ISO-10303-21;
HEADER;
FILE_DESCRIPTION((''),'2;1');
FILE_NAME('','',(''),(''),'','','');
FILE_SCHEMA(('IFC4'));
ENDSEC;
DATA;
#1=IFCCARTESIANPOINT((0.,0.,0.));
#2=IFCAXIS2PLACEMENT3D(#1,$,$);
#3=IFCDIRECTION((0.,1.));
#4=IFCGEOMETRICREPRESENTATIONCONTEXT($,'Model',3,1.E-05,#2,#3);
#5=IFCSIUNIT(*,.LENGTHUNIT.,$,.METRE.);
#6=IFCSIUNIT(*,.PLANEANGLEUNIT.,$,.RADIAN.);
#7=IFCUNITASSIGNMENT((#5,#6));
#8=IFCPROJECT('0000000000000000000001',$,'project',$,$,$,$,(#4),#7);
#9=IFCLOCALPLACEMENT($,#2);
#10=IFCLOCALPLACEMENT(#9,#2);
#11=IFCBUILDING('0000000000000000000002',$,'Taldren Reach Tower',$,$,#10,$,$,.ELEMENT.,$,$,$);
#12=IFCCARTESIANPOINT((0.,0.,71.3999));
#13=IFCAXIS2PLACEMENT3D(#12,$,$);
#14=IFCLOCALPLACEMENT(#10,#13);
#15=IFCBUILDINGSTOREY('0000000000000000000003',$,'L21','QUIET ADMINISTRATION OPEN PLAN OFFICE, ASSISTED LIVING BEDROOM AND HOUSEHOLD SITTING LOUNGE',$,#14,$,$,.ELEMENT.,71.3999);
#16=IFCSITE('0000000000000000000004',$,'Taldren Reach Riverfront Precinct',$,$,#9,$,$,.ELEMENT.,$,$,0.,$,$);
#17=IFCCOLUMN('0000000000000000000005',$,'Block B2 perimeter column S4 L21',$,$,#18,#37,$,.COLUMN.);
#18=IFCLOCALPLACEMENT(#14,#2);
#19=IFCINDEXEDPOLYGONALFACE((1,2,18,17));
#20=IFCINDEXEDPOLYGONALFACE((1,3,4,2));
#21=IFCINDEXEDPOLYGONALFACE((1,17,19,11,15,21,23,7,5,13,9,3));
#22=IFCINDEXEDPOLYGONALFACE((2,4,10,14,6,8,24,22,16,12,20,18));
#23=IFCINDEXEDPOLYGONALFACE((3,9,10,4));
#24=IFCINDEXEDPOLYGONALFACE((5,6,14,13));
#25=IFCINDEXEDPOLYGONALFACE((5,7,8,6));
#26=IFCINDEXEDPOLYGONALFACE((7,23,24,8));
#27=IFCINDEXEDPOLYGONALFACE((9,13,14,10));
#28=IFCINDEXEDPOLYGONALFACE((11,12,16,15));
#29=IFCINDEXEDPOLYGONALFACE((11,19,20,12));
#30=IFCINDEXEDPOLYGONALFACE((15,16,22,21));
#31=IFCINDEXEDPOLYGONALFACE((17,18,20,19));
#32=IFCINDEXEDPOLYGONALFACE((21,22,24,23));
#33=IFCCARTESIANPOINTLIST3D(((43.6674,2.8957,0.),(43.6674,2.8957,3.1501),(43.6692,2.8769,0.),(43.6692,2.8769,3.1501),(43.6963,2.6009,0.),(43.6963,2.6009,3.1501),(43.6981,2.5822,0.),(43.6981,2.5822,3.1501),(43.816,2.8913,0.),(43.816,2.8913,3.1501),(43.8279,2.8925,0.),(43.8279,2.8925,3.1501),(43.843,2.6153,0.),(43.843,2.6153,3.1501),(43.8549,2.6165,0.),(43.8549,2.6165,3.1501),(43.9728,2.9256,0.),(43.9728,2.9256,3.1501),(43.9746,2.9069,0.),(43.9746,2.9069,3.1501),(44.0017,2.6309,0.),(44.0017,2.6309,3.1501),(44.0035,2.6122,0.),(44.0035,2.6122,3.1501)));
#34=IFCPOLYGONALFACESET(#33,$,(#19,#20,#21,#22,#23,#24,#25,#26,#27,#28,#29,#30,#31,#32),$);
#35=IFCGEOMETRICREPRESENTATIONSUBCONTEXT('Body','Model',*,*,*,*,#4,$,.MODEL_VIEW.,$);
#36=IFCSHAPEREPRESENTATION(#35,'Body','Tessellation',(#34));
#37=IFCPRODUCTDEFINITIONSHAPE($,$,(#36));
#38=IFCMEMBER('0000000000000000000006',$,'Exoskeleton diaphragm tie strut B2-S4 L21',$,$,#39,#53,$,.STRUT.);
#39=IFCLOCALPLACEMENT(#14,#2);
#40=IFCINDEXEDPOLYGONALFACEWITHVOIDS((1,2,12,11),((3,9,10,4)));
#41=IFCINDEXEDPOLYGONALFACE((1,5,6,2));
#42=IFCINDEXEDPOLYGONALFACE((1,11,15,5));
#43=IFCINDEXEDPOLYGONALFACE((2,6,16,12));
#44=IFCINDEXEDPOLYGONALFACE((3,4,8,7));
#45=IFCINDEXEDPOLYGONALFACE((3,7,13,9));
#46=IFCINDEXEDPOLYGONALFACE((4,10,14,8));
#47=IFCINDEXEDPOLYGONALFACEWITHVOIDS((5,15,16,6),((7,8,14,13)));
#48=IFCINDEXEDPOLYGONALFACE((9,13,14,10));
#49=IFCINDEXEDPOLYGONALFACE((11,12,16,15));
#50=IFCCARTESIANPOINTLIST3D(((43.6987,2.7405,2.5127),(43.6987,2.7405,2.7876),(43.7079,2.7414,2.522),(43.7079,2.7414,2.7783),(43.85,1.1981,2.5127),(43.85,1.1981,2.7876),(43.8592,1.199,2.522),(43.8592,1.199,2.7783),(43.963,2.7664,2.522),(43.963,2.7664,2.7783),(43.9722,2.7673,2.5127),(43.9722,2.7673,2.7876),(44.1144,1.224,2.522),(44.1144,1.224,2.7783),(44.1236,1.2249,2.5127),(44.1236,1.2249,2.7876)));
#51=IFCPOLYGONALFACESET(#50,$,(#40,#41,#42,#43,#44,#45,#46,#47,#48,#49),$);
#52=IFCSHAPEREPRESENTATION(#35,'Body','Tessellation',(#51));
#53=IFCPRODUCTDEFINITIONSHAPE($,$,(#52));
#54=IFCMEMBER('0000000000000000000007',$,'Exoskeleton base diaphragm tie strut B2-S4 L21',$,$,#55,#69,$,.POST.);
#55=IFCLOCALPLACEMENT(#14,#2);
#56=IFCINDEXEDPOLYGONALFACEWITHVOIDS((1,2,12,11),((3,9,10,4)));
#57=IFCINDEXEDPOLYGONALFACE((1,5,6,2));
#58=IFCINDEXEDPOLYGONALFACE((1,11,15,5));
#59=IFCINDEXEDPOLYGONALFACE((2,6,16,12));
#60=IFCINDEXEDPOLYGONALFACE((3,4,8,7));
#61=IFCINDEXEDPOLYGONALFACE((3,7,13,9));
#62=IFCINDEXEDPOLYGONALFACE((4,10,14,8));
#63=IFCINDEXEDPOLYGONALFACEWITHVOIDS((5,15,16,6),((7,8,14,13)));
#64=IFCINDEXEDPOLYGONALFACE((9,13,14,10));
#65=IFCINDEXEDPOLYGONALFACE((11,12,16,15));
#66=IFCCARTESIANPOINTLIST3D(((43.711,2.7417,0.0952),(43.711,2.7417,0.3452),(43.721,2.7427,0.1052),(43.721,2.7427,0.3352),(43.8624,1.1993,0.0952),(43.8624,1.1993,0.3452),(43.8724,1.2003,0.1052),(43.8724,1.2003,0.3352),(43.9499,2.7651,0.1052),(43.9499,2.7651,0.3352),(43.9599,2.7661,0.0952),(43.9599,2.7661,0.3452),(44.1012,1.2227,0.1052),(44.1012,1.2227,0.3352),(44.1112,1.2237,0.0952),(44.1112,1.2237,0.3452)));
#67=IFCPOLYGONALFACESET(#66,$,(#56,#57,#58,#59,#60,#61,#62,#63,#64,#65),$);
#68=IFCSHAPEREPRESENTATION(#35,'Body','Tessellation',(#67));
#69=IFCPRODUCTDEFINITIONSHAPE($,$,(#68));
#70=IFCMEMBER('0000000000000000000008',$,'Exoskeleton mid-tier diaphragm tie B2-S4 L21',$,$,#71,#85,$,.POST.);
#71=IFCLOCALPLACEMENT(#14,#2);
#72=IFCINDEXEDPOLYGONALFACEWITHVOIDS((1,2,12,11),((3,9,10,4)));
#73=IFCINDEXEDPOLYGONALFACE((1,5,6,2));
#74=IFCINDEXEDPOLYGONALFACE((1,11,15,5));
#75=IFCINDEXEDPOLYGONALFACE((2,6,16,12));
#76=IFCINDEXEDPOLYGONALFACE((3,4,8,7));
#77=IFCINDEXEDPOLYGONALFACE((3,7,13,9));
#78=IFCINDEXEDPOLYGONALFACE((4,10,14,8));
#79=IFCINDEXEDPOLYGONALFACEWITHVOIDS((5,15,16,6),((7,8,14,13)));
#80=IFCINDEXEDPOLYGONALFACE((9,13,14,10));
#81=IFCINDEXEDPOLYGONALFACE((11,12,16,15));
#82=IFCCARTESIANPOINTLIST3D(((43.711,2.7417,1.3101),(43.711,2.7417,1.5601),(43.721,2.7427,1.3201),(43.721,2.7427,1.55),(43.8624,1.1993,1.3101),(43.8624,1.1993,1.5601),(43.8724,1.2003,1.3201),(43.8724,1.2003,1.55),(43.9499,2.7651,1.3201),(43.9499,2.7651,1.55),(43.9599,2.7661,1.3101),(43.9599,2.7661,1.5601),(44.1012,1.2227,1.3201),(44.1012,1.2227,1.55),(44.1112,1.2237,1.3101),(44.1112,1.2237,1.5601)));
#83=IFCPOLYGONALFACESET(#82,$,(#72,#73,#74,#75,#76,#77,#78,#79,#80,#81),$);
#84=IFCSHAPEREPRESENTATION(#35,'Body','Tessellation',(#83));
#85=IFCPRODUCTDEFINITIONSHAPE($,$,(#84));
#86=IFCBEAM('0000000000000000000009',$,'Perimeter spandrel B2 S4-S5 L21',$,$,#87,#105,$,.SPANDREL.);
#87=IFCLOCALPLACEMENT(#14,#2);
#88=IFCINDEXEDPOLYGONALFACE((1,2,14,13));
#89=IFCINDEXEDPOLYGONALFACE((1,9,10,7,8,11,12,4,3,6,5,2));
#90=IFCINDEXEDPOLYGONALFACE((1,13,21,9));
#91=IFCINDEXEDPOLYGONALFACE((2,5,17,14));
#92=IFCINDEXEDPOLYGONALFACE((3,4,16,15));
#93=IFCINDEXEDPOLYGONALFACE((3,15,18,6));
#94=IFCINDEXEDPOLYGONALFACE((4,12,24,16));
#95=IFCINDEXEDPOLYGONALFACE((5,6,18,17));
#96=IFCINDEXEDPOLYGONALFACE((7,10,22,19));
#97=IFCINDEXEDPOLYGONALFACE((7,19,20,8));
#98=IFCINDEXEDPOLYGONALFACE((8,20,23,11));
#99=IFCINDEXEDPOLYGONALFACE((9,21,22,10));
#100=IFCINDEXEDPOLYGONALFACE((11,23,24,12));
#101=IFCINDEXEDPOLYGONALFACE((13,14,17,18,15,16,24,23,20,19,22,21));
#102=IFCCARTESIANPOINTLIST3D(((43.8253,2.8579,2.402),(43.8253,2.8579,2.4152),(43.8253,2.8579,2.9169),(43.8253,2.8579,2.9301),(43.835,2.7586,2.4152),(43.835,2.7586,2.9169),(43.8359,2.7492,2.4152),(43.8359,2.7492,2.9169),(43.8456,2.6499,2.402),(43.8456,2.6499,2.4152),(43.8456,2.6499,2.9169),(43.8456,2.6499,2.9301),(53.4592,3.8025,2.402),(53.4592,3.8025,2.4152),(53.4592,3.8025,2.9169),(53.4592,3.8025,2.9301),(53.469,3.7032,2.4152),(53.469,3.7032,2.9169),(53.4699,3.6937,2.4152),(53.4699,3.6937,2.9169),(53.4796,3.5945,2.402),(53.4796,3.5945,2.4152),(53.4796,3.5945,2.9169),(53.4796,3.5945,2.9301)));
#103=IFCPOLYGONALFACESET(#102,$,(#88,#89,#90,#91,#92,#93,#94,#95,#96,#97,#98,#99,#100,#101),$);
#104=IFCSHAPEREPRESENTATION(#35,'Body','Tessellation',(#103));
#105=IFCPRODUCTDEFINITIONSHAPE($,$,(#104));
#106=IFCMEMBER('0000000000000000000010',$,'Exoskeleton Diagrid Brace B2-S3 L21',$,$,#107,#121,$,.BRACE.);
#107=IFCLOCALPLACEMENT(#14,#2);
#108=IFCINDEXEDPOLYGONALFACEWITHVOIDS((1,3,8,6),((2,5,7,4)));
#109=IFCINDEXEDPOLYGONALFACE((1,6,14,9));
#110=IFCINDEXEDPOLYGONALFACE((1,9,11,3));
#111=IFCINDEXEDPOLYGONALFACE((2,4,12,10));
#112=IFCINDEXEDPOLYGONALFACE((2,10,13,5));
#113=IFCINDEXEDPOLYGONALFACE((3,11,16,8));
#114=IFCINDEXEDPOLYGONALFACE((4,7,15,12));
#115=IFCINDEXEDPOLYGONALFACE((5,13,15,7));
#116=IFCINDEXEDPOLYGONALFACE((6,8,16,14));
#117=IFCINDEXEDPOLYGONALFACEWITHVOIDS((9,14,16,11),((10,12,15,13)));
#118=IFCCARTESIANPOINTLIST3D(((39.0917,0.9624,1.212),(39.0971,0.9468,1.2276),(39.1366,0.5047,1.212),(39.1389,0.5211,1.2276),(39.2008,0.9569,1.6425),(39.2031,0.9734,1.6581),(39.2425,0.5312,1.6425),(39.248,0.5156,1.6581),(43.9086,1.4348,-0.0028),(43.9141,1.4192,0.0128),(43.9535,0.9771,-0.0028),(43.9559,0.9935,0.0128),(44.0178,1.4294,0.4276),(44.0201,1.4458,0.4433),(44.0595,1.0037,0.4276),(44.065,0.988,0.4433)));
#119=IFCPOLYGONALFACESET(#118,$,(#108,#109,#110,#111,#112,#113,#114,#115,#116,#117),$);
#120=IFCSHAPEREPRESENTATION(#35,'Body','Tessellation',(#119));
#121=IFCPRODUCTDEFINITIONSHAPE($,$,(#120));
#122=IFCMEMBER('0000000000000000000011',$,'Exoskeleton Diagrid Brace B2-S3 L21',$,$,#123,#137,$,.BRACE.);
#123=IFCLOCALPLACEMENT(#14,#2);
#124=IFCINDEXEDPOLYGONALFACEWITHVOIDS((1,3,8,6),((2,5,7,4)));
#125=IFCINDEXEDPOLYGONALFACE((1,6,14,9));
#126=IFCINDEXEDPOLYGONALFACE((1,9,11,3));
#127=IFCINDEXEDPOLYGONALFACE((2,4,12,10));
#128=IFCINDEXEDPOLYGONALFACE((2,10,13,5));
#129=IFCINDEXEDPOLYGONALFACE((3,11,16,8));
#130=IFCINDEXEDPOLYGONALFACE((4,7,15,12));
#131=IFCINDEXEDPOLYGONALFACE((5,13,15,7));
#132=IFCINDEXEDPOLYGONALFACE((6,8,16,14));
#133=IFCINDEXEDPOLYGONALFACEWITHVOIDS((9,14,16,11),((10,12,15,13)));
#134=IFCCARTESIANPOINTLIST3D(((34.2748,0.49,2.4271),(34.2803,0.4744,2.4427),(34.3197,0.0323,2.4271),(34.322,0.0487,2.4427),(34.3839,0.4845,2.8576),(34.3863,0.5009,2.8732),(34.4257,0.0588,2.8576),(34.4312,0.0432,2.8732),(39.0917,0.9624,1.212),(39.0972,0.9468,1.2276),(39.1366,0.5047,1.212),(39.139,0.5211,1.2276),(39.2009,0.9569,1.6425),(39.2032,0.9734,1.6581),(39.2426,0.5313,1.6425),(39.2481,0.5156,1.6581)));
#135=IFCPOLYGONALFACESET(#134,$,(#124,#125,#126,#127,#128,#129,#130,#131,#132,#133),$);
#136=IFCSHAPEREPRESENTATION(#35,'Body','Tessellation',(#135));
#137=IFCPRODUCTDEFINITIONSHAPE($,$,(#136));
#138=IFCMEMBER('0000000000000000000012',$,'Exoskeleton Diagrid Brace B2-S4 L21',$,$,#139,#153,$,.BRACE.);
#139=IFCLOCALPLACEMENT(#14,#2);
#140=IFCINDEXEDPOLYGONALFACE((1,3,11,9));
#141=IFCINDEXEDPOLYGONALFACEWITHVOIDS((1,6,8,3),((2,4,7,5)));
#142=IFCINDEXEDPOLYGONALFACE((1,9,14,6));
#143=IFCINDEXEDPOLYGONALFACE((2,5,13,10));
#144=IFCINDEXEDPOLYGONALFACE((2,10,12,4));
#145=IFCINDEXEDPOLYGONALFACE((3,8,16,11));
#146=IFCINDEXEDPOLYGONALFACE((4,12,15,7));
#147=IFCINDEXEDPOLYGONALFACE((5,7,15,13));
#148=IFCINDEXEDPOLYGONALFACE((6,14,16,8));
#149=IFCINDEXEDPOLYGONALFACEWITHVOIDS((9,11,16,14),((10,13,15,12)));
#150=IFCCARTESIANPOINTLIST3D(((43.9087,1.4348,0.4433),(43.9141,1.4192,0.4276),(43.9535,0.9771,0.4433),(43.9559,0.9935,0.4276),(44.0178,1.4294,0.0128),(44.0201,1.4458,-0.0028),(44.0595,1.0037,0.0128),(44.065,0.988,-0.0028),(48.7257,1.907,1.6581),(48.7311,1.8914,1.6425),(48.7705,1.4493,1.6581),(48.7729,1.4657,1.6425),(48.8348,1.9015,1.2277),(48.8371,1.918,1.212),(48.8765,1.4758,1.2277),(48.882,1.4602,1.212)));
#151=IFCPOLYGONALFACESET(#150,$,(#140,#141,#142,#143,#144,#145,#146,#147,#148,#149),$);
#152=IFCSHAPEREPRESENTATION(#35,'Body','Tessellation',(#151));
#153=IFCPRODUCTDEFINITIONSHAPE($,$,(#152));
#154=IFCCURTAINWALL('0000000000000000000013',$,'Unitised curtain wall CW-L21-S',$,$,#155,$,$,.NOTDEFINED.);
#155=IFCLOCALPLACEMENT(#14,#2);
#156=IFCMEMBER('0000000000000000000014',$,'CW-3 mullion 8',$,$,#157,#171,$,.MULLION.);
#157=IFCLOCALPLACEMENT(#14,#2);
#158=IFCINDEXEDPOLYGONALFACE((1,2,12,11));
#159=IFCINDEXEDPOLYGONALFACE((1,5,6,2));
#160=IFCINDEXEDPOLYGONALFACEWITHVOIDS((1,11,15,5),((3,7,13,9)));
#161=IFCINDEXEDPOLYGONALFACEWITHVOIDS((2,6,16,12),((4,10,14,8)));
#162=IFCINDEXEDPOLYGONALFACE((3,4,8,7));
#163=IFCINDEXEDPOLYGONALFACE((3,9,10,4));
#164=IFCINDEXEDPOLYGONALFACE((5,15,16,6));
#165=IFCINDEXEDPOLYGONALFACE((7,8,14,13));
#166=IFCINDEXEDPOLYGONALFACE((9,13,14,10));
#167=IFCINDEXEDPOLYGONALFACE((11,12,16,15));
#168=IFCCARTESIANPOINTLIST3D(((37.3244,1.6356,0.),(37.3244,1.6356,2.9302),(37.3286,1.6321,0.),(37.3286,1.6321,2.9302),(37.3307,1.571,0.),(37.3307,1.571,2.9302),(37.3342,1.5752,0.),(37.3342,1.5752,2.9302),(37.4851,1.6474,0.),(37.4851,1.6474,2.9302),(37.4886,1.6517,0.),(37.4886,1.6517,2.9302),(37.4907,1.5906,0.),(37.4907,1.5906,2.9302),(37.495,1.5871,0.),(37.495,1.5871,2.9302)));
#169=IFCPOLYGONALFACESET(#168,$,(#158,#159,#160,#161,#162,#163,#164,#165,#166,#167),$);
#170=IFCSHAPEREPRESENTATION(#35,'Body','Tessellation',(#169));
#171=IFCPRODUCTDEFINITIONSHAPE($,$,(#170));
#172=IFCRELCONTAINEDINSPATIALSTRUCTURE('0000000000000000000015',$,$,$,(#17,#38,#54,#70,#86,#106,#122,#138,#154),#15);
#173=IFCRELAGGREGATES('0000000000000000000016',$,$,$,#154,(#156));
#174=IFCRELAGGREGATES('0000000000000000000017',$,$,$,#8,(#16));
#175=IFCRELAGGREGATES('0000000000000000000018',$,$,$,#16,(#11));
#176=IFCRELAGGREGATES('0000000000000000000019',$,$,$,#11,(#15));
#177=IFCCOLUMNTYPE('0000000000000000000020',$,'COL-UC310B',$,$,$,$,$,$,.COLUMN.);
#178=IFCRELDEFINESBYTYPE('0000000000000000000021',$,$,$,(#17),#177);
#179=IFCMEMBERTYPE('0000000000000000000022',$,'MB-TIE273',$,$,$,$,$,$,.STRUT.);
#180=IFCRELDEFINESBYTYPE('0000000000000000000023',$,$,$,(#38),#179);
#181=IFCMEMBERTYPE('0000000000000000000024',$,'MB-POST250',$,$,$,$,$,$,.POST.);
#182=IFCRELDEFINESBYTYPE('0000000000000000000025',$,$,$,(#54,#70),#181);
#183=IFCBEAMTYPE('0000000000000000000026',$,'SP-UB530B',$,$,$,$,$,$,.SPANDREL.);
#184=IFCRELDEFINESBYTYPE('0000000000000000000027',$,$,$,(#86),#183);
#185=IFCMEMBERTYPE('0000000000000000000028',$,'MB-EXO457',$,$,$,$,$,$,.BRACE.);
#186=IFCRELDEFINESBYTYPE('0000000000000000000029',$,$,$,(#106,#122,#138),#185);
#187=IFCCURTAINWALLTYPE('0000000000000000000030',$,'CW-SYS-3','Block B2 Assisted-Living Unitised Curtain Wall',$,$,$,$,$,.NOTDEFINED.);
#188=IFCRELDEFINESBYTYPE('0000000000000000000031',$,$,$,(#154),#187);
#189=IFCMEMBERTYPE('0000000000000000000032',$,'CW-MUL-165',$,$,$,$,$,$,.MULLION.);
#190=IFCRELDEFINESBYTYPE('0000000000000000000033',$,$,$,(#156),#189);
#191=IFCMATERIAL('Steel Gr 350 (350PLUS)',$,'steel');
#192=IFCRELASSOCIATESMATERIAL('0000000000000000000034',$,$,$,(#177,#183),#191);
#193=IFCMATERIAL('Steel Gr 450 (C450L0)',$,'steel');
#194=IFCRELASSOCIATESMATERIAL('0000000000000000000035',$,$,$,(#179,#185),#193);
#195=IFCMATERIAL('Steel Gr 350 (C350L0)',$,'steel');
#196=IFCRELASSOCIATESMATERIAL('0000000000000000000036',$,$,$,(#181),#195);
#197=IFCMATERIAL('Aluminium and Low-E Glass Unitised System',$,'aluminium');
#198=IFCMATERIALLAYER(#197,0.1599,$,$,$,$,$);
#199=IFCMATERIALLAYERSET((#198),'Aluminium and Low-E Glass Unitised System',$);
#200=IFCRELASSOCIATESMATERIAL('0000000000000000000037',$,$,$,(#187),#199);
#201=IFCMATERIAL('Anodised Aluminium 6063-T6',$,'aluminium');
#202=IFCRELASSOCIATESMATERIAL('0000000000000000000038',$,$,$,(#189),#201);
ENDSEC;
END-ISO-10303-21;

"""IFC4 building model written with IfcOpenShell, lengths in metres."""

from ifc_helpers import new_model, si_unit, direction, frame, origin, origin_2d, place, context, subcontext, project, spatial, hollow_rectangle, i_section, extrude, source, transform, mapped, material, layer, layer_set, material_profile, profile_set, type_object, element, aggregate, save


model = new_model("IFC4")

# Units and contexts
model_context = context("Model", 3, precision=1e-05, world=origin(), true_north=direction((0.0, 1.0)))
body_context = subcontext(model_context, "Body", "Model", "MODEL_VIEW")
ifc_project = project(units=[si_unit("LENGTHUNIT", "METRE"), si_unit("PLANEANGLEUNIT", "RADIAN")], contexts=[model_context])

# Site, building, storey
site_placement = place(None, origin())
site = spatial("IfcSite", under=ifc_project, at=site_placement, Name="Taldren Reach Riverfront Precinct", CompositionType="ELEMENT", RefElevation=0.0)
building_placement = place(site_placement, origin())
building = spatial("IfcBuilding", under=site, at=building_placement, Name="Taldren Reach Tower", CompositionType="ELEMENT")
storey_placement = place(building_placement, frame((0.0, 0.0, 71.3999)))
storey = spatial("IfcBuildingStorey", under=building, at=storey_placement, Name="L21", Description="QUIET ADMINISTRATION OPEN PLAN OFFICE, ASSISTED LIVING BEDROOM AND HOUSEHOLD SITTING LOUNGE", CompositionType="ELEMENT", Elevation=71.3999)

# Column
ifc_material_1 = material(Name="Steel Gr 350 (350PLUS)", Category="steel")
ifc_material_profile_1 = material_profile(ifc_material_1, i_section(OverallWidth=0.3069, OverallDepth=0.3149, WebThickness=0.012, FlangeThickness=0.0188, at=origin_2d()), Name="310UC118")
ifc_profile_set_1 = profile_set([ifc_material_profile_1], Name="Steel Gr 350 (350PLUS)")
column_type = type_object("IfcColumnType", Name="COL-UC310B", PredefinedType="COLUMN", material=ifc_profile_set_1)
shared_shape_1 = source(origin(), body_context, "Body", "SweptSolid", [
    extrude(i_section(OverallWidth=0.3069, OverallDepth=0.3149, WebThickness=0.012, FlangeThickness=0.0188, at=origin_2d()), origin(), (0.0, 0.0, 1.0), 3.1501),
])
column_placement = place(storey_placement, frame((43.8354, 2.7539, 0.0), z_axis=(0.0, 0.0, 1.0), x_axis=(0.995227, 0.097583, 0.0)))
element("IfcColumn", 1, at=column_placement, inside=storey, type_object=column_type, Name="Block B2 perimeter column S4 L21", PredefinedType="COLUMN", context=body_context, shape_type="MappedRepresentation", body=[
    mapped(shared_shape_1, transform((0.0, 0.0, 0.0), scale=1.0)),
])

# Members
ifc_material_2 = material(Name="Steel Gr 450 (C450L0)", Category="steel")
ifc_material_profile_2 = material_profile(ifc_material_2, hollow_rectangle(XDim=0.2749, YDim=0.2749, WallThickness=0.0093, at=origin_2d()), Name="275x275x9.3SHS")
ifc_profile_set_2 = profile_set([ifc_material_profile_2], Name="Steel Gr 450 (C450L0)")
member_type_1 = type_object("IfcMemberType", Name="MB-TIE273", PredefinedType="STRUT", material=ifc_profile_set_2)
shared_shape_2 = source(origin(), body_context, "Body", "SweptSolid", [
    extrude(hollow_rectangle(XDim=0.2749, YDim=0.2749, WallThickness=0.0093, at=origin_2d()), origin(), (0.0, 0.0, 1.0), 1.5498),
])
member_1_placement = place(storey_placement, frame((43.8354, 2.7539, 2.6501), z_axis=(0.097663, -0.99522, 0.0), x_axis=(0.99522, 0.097663, 0.0)))
element("IfcMember", 2, at=member_1_placement, inside=storey, type_object=member_type_1, Name="Exoskeleton diaphragm tie strut B2-S4 L21", PredefinedType="STRUT", context=body_context, shape_type="MappedRepresentation", body=[
    mapped(shared_shape_2, transform((0.0, 0.0, 0.0), scale=1.0)),
])
ifc_material_3 = material(Name="Steel Gr 350 (C350L0)", Category="steel")
ifc_material_profile_3 = material_profile(ifc_material_3, hollow_rectangle(XDim=0.25, YDim=0.25, WallThickness=0.01, at=origin_2d()), Name="250x250x10.0SHS")
ifc_profile_set_3 = profile_set([ifc_material_profile_3], Name="Steel Gr 350 (C350L0)")
member_type_2 = type_object("IfcMemberType", Name="MB-POST250", PredefinedType="POST", material=ifc_profile_set_3)
shared_shape_3 = source(origin(), body_context, "Body", "SweptSolid", [
    extrude(hollow_rectangle(XDim=0.25, YDim=0.25, WallThickness=0.01, at=origin_2d()), origin(), (0.0, 0.0, 1.0), 1.5498),
])
for number, where, z_axis, x_axis, name in (
    (3, (43.8354, 2.7539, 0.2202), (0.097663, -0.99522, 0.0), (0.99522, 0.097663, 0.0), "Exoskeleton base diaphragm tie strut B2-S4 L21"),
    (4, (43.8354, 2.7539, 1.4351), (0.097663, -0.99522, 0.0), (0.99522, 0.097663, 0.0), "Exoskeleton mid-tier diaphragm tie B2-S4 L21"),
):
    element("IfcMember", number, at=place(storey_placement, frame(where, z_axis=z_axis, x_axis=x_axis)), inside=storey, type_object=member_type_2, Name=name, PredefinedType="POST", context=body_context, shape_type="MappedRepresentation", body=[
        mapped(shared_shape_3, transform((0.0, 0.0, 0.0), scale=1.0)),
    ])

# Beam
ifc_material_profile_4 = material_profile(ifc_material_1, i_section(OverallWidth=0.209, OverallDepth=0.5281, WebThickness=0.0095, FlangeThickness=0.0132, at=origin_2d()), Name="530UB82.0")
ifc_profile_set_4 = profile_set([ifc_material_profile_4], Name="Steel Gr 350 (350PLUS)")
beam_type = type_object("IfcBeamType", Name="SP-UB530B", PredefinedType="SPANDREL", material=ifc_profile_set_4)
shared_shape_4 = source(origin(), body_context, "Body", "SweptSolid", [
    extrude(i_section(OverallWidth=0.209, OverallDepth=0.5281, WebThickness=0.0095, FlangeThickness=0.0132, at=origin_2d()), origin(), (0.0, 0.0, 1.0), 9.6802),
])
beam_placement = place(storey_placement, frame((43.8354, 2.7539, 2.666), z_axis=(0.995228, 0.097578, 0.0), x_axis=(-0.097578, 0.995228, 0.0)))
element("IfcBeam", 5, at=beam_placement, inside=storey, type_object=beam_type, Name="Perimeter spandrel B2 S4-S5 L21", PredefinedType="SPANDREL", context=body_context, shape_type="MappedRepresentation", body=[
    mapped(shared_shape_4, transform((0.0, 0.0, 0.0), scale=1.0)),
])

# Members
ifc_material_profile_5 = material_profile(ifc_material_2, hollow_rectangle(XDim=0.46, YDim=0.46, WallThickness=0.0161, at=origin_2d()), Name="460x460x16.0SHS")
ifc_profile_set_5 = profile_set([ifc_material_profile_5], Name="Steel Gr 450 (C450L0)")
member_type_3 = type_object("IfcMemberType", Name="MB-EXO457", PredefinedType="BRACE", material=ifc_profile_set_5)
shared_shape_5 = source(origin(), body_context, "Body", "SweptSolid", [
    extrude(hollow_rectangle(XDim=0.46, YDim=0.46, WallThickness=0.0161, at=origin_2d()), origin(), (0.0, 0.0, 1.0), 4.9902),
])
for number, where, z_axis, x_axis, name in (
    (6, (43.9868, 1.2114, 0.2202), (-0.965283, -0.094669, 0.243449), (0.097606, -0.995225, 0.0), "Exoskeleton Diagrid Brace B2-S3 L21"),
    (7, (39.1699, 0.739, 1.4351), (-0.965271, -0.094668, 0.243495), (0.097606, -0.995225, 0.0), "Exoskeleton Diagrid Brace B2-S3 L21"),
    (8, (43.9868, 1.2114, 0.2202), (0.965287, 0.094621, 0.24345), (-0.097556, 0.99523, 0.0), "Exoskeleton Diagrid Brace B2-S4 L21"),
):
    element("IfcMember", number, at=place(storey_placement, frame(where, z_axis=z_axis, x_axis=x_axis)), inside=storey, type_object=member_type_3, Name=name, PredefinedType="BRACE", context=body_context, shape_type="MappedRepresentation", body=[
        mapped(shared_shape_5, transform((0.0, 0.0, 0.0), scale=1.0)),
    ])

# Curtain wall, member
ifc_material_4 = material(Name="Aluminium and Low-E Glass Unitised System", Category="aluminium")
ifc_layer_1 = layer(ifc_material_4, 0.1599)
ifc_layer_set_1 = layer_set([ifc_layer_1], Name="Aluminium and Low-E Glass Unitised System")
curtain_wall_type = type_object("IfcCurtainWallType", Name="CW-SYS-3", Description="Block B2 Assisted-Living Unitised Curtain Wall", PredefinedType="NOTDEFINED", material=ifc_layer_set_1)
curtain_wall_placement = place(storey_placement, origin())
curtain_wall = element("IfcCurtainWall", 9, at=curtain_wall_placement, inside=storey, type_object=curtain_wall_type, Name="Unitised curtain wall CW-L21-S", PredefinedType="NOTDEFINED")
ifc_material_5 = material(Name="Anodised Aluminium 6063-T6", Category="aluminium")
ifc_material_profile_6 = material_profile(ifc_material_5, hollow_rectangle(XDim=0.0649, YDim=0.165, WallThickness=0.0039, at=origin_2d()), Name="ALU-165x65x4RHS")
ifc_profile_set_6 = profile_set([ifc_material_profile_6], Name="Anodised Aluminium 6063-T6")
member_type_4 = type_object("IfcMemberType", Name="CW-MUL-165", PredefinedType="MULLION", material=ifc_profile_set_6)
shared_shape_6 = source(origin(), body_context, "Body", "SweptSolid", [
    extrude(hollow_rectangle(XDim=0.0649, YDim=0.165, WallThickness=0.0039, at=origin_2d()), origin(), (0.0, 0.0, 1.0), 2.9302),
])
member_2_placement = place(storey_placement, frame((37.4097, 1.6113, 0.0), z_axis=(0.0, 0.0, 1.0), x_axis=(-0.097583, 0.995227, 0.0)))
member_2 = element("IfcMember", 10, at=member_2_placement, type_object=member_type_4, Name="CW-3 mullion 8", PredefinedType="MULLION", context=body_context, shape_type="MappedRepresentation", body=[
    mapped(shared_shape_6, transform((0.0, 0.0, 0.0), scale=1.0)),
])
aggregate(curtain_wall, [member_2])

save(model, "model.ifc")
